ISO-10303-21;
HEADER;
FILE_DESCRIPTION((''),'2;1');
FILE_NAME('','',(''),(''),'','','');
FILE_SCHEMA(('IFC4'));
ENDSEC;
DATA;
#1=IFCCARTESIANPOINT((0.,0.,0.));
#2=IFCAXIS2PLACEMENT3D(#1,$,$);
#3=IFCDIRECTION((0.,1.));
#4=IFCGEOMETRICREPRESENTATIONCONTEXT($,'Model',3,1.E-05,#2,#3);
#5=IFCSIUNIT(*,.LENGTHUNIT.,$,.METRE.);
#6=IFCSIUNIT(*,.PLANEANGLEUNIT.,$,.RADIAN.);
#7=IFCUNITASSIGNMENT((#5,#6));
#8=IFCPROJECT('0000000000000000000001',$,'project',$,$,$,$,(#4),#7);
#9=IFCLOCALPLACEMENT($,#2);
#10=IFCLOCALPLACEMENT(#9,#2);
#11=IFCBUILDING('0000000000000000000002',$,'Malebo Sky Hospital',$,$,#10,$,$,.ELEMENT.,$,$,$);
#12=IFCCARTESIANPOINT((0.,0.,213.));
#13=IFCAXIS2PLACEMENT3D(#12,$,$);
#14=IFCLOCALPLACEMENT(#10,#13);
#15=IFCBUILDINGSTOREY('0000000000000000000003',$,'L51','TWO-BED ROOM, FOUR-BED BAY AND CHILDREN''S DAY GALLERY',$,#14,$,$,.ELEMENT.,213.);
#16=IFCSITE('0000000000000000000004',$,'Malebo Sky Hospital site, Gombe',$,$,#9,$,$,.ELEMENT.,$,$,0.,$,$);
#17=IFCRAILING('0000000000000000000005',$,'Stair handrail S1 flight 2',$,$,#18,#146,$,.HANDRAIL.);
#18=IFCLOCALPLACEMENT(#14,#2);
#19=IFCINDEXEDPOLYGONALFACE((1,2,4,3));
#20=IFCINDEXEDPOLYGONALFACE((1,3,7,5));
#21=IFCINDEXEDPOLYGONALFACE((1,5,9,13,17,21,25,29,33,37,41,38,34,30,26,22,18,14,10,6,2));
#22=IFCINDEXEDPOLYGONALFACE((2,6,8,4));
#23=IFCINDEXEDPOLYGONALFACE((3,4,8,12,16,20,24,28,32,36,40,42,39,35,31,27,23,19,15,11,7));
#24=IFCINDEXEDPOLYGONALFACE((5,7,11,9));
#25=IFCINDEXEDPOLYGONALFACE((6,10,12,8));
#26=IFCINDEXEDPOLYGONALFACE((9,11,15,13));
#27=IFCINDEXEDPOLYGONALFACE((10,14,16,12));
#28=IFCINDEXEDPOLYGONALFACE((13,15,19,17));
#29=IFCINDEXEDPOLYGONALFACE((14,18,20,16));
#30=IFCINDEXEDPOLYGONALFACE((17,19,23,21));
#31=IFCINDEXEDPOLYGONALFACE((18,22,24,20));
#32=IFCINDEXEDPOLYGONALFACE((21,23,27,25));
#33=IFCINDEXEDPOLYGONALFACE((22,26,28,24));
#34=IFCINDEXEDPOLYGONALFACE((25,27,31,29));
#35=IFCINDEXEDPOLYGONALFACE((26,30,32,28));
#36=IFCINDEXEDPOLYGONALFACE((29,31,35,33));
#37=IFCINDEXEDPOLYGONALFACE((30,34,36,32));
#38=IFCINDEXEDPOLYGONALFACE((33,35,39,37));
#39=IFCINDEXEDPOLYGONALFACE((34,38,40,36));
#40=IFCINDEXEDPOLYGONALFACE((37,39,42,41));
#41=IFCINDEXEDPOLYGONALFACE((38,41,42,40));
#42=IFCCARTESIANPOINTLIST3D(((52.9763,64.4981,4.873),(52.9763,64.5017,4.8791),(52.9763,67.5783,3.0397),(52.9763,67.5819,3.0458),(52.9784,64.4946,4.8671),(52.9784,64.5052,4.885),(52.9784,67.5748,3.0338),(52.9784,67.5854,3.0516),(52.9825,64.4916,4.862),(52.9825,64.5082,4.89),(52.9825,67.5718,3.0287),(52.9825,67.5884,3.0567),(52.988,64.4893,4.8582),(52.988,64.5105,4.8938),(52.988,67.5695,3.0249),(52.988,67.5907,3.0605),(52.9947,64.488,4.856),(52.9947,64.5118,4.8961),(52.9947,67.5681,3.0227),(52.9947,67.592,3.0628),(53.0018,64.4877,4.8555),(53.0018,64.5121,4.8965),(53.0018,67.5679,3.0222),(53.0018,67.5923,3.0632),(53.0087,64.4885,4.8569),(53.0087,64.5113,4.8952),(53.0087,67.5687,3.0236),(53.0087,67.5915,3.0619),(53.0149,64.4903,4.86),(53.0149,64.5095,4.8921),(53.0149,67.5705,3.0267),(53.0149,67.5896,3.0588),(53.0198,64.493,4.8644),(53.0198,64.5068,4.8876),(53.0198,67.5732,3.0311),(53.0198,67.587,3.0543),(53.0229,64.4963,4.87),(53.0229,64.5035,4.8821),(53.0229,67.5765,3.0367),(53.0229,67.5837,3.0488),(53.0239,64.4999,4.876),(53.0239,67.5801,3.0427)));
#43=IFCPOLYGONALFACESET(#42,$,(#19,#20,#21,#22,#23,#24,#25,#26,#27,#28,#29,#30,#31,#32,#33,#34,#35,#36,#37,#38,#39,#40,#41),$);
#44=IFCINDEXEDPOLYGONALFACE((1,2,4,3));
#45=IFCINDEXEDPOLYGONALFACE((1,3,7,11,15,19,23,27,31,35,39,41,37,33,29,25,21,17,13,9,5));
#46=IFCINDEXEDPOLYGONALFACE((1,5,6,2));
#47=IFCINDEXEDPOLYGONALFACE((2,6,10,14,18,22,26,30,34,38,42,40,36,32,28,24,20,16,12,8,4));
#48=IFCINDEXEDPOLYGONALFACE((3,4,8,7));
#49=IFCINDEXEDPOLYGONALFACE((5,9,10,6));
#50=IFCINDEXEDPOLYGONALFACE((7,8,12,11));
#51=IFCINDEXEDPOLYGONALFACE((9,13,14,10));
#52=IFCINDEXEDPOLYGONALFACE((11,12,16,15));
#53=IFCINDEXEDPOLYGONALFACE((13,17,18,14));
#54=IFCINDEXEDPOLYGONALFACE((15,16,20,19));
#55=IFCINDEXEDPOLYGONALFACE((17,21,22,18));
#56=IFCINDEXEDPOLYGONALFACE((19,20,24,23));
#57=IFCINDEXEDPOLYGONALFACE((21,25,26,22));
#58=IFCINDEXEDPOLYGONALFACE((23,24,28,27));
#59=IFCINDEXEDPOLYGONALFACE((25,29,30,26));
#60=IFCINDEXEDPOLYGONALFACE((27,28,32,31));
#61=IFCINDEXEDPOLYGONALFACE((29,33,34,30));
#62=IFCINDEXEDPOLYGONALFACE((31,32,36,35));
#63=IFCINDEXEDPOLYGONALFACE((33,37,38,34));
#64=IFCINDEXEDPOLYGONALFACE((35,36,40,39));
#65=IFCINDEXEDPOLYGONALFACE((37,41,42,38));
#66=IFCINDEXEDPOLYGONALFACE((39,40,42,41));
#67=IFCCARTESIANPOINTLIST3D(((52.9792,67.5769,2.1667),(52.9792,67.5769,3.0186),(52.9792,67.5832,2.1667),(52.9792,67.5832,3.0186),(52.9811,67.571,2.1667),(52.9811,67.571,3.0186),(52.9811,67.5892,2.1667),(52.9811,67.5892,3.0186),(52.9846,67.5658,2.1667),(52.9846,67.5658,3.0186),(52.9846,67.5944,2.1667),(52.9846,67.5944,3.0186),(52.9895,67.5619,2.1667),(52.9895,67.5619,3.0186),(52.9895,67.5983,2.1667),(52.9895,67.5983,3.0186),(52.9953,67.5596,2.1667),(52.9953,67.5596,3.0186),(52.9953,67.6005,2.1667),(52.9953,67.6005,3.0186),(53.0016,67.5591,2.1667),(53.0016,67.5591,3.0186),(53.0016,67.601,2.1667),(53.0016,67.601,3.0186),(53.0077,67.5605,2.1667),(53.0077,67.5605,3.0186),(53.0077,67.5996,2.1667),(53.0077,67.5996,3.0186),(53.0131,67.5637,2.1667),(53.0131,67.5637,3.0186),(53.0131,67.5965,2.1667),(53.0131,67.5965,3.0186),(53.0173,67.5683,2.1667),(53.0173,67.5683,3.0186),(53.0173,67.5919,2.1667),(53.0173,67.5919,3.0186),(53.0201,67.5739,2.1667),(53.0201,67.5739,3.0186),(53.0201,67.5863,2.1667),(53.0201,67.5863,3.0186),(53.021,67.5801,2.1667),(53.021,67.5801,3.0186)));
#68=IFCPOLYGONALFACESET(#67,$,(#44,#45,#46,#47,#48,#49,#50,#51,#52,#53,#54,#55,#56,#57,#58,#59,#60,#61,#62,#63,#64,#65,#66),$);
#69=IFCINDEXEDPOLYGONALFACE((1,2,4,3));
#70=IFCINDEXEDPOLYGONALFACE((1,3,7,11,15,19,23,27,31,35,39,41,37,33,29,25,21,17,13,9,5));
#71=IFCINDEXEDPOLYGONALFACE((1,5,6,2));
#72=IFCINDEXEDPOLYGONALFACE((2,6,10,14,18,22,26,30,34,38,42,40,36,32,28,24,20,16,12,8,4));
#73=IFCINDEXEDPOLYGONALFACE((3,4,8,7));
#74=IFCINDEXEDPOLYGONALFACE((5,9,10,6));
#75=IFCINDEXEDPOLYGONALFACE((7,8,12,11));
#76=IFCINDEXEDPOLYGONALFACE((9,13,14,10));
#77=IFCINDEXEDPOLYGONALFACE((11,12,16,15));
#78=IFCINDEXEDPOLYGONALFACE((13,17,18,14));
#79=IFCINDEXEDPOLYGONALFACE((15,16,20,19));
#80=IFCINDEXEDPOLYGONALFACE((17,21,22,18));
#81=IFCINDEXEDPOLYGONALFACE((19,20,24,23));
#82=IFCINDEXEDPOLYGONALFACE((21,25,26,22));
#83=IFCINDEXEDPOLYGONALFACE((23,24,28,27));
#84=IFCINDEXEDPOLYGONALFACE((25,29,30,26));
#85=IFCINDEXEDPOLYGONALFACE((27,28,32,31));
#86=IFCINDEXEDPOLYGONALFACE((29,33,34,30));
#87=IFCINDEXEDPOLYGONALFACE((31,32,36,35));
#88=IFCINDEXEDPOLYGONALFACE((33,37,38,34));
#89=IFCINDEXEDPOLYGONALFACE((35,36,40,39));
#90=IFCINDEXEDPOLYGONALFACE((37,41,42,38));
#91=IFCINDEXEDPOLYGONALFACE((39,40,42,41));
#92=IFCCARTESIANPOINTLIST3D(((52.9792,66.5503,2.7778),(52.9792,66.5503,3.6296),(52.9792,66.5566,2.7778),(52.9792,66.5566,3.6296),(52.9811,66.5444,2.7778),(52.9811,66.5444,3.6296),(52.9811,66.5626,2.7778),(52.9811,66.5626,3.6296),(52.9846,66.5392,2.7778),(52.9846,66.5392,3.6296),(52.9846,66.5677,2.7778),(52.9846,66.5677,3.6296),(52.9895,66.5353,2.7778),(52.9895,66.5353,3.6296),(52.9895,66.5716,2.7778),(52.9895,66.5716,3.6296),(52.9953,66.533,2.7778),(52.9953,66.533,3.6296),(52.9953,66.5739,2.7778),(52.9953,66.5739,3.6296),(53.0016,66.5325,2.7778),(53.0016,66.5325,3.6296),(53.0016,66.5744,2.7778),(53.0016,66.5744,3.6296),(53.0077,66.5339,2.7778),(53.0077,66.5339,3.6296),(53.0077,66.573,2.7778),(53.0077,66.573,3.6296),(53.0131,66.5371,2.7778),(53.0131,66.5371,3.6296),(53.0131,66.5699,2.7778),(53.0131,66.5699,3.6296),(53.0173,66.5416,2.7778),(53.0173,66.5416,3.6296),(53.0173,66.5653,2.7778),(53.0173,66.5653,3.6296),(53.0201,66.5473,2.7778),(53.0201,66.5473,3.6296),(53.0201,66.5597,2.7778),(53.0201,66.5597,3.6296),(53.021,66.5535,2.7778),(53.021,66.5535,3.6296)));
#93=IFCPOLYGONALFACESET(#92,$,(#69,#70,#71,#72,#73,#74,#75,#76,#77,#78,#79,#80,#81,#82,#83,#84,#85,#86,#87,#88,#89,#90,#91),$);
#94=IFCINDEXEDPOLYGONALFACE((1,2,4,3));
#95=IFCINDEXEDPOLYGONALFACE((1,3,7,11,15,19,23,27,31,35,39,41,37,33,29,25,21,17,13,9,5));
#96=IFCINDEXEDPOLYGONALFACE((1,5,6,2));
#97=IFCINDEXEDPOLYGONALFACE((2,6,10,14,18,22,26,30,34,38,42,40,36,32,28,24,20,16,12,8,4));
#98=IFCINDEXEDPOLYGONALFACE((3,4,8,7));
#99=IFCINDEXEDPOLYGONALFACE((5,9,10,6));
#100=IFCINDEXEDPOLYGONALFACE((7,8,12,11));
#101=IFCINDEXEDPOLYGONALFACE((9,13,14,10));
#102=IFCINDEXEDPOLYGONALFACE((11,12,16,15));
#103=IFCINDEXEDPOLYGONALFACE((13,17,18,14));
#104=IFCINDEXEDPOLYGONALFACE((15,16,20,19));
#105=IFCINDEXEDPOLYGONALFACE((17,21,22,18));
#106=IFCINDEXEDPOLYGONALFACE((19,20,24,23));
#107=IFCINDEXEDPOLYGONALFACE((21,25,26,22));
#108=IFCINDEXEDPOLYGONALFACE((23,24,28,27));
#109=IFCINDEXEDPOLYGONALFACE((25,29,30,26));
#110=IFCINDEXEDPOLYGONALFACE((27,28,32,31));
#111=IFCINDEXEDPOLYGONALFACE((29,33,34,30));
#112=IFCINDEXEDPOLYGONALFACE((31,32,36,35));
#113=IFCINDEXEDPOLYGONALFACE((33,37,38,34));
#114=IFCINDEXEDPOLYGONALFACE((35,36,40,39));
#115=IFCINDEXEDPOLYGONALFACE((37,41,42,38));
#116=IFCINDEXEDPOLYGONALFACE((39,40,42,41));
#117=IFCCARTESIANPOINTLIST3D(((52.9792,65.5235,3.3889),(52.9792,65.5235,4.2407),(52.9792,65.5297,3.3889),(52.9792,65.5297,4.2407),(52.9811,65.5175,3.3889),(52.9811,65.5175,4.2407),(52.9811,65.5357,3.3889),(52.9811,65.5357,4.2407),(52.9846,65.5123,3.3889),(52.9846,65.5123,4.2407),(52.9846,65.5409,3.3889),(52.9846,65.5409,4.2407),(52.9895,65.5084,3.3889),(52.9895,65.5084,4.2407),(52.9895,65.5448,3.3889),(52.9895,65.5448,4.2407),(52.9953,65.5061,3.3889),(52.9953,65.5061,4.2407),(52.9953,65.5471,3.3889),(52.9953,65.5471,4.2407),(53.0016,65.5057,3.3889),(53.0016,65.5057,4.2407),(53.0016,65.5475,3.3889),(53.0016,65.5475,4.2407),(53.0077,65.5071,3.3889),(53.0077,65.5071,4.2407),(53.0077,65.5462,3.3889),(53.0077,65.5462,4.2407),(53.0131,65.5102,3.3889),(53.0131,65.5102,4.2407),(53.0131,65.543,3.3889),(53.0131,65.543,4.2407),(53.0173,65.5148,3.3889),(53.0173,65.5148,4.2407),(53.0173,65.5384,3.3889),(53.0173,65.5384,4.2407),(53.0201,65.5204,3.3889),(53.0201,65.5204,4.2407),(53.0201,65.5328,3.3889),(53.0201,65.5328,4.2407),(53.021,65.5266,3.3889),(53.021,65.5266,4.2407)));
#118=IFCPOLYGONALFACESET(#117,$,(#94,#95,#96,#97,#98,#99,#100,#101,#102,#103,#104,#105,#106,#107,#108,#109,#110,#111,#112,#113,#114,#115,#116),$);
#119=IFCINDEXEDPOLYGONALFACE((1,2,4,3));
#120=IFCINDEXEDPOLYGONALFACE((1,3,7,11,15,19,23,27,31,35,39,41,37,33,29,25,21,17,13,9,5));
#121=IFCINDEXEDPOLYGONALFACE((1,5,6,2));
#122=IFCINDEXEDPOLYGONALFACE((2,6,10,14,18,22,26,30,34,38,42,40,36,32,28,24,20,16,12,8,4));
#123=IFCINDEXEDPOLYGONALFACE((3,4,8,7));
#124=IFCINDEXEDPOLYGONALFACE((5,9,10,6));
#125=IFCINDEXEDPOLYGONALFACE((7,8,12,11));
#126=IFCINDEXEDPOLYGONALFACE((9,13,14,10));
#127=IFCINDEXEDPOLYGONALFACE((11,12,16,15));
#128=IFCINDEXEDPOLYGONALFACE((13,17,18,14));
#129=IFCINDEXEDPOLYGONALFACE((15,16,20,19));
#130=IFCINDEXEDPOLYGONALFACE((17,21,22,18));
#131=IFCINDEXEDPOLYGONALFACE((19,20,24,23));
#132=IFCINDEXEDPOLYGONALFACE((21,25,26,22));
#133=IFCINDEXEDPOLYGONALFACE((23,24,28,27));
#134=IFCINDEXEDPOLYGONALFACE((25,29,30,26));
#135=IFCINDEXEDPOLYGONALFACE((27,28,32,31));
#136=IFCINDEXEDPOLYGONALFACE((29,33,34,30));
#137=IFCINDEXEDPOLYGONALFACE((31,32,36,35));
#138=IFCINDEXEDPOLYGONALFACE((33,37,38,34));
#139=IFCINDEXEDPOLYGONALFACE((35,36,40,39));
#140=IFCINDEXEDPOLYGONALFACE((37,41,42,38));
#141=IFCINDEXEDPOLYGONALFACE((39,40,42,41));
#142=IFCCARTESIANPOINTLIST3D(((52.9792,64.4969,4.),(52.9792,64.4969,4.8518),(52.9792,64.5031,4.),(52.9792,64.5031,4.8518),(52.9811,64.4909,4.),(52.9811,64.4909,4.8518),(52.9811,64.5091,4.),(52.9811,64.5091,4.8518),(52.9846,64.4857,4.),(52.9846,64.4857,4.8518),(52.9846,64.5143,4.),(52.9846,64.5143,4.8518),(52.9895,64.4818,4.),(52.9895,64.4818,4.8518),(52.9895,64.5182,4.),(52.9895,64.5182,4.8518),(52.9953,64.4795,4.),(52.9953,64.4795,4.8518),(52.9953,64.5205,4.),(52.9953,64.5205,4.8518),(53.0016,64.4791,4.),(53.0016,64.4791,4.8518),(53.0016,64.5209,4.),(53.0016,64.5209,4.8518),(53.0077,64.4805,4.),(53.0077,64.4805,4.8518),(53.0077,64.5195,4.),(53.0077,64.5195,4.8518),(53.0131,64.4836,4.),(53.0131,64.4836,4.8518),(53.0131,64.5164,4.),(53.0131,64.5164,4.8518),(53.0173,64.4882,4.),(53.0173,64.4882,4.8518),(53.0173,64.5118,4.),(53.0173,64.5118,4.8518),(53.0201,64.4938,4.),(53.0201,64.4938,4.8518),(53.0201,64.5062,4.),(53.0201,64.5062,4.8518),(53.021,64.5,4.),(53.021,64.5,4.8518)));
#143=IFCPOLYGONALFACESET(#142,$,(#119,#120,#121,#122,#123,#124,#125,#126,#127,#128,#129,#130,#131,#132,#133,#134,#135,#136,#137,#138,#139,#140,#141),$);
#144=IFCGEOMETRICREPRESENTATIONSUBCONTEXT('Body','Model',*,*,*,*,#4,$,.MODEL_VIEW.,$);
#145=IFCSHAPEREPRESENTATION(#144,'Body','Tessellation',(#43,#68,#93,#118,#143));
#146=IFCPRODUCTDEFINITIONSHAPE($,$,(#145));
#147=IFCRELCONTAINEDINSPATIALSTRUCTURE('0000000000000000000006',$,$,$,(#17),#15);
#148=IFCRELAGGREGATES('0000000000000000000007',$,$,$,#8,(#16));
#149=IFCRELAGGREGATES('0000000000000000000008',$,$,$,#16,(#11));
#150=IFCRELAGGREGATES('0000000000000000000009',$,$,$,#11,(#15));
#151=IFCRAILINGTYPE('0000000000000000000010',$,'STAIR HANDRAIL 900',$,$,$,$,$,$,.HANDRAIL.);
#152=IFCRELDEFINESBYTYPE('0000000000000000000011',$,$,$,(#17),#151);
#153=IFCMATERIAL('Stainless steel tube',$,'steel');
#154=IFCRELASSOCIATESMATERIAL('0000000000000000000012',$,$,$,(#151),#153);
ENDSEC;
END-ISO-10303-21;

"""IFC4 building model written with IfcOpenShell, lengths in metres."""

from ifc_helpers import new_model, si_unit, direction, frame, origin, origin_2d, place, context, subcontext, project, spatial, circle, extrude, material, type_object, element, save


model = new_model("IFC4")

# Units and contexts
model_context = context("Model", 3, precision=1e-05, world=origin(), true_north=direction((0.0, 1.0)))
body_context = subcontext(model_context, "Body", "Model", "MODEL_VIEW")
ifc_project = project(units=[si_unit("LENGTHUNIT", "METRE"), si_unit("PLANEANGLEUNIT", "RADIAN")], contexts=[model_context])

# Site, building, storey
site_placement = place(None, origin())
site = spatial("IfcSite", under=ifc_project, at=site_placement, Name="Malebo Sky Hospital site, Gombe", CompositionType="ELEMENT", RefElevation=0.0)
building_placement = place(site_placement, origin())
building = spatial("IfcBuilding", under=site, at=building_placement, Name="Malebo Sky Hospital", CompositionType="ELEMENT")
storey_placement = place(building_placement, frame((0.0, 0.0, 213.0)))
storey = spatial("IfcBuildingStorey", under=building, at=storey_placement, Name="L51", Description="TWO-BED ROOM, FOUR-BED BAY AND CHILDREN'S DAY GALLERY", CompositionType="ELEMENT", Elevation=213.0)

# Railing
ifc_material_1 = material(Name="Stainless steel tube", Category="steel")
railing_type = type_object("IfcRailingType", Name="STAIR HANDRAIL 900", PredefinedType="HANDRAIL", material=ifc_material_1)
railing_1_placement = place(storey_placement, frame((53.0, 67.5801, 2.1667)))
element("IfcRailing", 1, at=railing_1_placement, inside=storey, type_object=railing_type, Name="Stair handrail S1 flight 2", PredefinedType="HANDRAIL", context=body_context, shape_type="SweptSolid", body=[
    extrude(circle(Radius=0.0239, at=origin_2d()), frame((0.0, 0.0, 0.876), z_axis=(0.0, -0.859309, 0.511458), x_axis=(1.0, 0.0, 0.0)), (0.0, 0.0, 1.0), 3.5845),
    extrude(circle(Radius=0.021, at=origin_2d()), origin(), (0.0, 0.0, 1.0), 0.8518),
    extrude(circle(Radius=0.021, at=origin_2d()), frame((0.0, -1.0266, 0.6111)), (0.0, 0.0, 1.0), 0.8518),
    extrude(circle(Radius=0.021, at=origin_2d()), frame((0.0, -2.0535, 1.2222)), (0.0, 0.0, 1.0), 0.8518),
    extrude(circle(Radius=0.021, at=origin_2d()), frame((0.0, -3.0801, 1.8333)), (0.0, 0.0, 1.0), 0.8518),
])

save(model, "model.ifc")
